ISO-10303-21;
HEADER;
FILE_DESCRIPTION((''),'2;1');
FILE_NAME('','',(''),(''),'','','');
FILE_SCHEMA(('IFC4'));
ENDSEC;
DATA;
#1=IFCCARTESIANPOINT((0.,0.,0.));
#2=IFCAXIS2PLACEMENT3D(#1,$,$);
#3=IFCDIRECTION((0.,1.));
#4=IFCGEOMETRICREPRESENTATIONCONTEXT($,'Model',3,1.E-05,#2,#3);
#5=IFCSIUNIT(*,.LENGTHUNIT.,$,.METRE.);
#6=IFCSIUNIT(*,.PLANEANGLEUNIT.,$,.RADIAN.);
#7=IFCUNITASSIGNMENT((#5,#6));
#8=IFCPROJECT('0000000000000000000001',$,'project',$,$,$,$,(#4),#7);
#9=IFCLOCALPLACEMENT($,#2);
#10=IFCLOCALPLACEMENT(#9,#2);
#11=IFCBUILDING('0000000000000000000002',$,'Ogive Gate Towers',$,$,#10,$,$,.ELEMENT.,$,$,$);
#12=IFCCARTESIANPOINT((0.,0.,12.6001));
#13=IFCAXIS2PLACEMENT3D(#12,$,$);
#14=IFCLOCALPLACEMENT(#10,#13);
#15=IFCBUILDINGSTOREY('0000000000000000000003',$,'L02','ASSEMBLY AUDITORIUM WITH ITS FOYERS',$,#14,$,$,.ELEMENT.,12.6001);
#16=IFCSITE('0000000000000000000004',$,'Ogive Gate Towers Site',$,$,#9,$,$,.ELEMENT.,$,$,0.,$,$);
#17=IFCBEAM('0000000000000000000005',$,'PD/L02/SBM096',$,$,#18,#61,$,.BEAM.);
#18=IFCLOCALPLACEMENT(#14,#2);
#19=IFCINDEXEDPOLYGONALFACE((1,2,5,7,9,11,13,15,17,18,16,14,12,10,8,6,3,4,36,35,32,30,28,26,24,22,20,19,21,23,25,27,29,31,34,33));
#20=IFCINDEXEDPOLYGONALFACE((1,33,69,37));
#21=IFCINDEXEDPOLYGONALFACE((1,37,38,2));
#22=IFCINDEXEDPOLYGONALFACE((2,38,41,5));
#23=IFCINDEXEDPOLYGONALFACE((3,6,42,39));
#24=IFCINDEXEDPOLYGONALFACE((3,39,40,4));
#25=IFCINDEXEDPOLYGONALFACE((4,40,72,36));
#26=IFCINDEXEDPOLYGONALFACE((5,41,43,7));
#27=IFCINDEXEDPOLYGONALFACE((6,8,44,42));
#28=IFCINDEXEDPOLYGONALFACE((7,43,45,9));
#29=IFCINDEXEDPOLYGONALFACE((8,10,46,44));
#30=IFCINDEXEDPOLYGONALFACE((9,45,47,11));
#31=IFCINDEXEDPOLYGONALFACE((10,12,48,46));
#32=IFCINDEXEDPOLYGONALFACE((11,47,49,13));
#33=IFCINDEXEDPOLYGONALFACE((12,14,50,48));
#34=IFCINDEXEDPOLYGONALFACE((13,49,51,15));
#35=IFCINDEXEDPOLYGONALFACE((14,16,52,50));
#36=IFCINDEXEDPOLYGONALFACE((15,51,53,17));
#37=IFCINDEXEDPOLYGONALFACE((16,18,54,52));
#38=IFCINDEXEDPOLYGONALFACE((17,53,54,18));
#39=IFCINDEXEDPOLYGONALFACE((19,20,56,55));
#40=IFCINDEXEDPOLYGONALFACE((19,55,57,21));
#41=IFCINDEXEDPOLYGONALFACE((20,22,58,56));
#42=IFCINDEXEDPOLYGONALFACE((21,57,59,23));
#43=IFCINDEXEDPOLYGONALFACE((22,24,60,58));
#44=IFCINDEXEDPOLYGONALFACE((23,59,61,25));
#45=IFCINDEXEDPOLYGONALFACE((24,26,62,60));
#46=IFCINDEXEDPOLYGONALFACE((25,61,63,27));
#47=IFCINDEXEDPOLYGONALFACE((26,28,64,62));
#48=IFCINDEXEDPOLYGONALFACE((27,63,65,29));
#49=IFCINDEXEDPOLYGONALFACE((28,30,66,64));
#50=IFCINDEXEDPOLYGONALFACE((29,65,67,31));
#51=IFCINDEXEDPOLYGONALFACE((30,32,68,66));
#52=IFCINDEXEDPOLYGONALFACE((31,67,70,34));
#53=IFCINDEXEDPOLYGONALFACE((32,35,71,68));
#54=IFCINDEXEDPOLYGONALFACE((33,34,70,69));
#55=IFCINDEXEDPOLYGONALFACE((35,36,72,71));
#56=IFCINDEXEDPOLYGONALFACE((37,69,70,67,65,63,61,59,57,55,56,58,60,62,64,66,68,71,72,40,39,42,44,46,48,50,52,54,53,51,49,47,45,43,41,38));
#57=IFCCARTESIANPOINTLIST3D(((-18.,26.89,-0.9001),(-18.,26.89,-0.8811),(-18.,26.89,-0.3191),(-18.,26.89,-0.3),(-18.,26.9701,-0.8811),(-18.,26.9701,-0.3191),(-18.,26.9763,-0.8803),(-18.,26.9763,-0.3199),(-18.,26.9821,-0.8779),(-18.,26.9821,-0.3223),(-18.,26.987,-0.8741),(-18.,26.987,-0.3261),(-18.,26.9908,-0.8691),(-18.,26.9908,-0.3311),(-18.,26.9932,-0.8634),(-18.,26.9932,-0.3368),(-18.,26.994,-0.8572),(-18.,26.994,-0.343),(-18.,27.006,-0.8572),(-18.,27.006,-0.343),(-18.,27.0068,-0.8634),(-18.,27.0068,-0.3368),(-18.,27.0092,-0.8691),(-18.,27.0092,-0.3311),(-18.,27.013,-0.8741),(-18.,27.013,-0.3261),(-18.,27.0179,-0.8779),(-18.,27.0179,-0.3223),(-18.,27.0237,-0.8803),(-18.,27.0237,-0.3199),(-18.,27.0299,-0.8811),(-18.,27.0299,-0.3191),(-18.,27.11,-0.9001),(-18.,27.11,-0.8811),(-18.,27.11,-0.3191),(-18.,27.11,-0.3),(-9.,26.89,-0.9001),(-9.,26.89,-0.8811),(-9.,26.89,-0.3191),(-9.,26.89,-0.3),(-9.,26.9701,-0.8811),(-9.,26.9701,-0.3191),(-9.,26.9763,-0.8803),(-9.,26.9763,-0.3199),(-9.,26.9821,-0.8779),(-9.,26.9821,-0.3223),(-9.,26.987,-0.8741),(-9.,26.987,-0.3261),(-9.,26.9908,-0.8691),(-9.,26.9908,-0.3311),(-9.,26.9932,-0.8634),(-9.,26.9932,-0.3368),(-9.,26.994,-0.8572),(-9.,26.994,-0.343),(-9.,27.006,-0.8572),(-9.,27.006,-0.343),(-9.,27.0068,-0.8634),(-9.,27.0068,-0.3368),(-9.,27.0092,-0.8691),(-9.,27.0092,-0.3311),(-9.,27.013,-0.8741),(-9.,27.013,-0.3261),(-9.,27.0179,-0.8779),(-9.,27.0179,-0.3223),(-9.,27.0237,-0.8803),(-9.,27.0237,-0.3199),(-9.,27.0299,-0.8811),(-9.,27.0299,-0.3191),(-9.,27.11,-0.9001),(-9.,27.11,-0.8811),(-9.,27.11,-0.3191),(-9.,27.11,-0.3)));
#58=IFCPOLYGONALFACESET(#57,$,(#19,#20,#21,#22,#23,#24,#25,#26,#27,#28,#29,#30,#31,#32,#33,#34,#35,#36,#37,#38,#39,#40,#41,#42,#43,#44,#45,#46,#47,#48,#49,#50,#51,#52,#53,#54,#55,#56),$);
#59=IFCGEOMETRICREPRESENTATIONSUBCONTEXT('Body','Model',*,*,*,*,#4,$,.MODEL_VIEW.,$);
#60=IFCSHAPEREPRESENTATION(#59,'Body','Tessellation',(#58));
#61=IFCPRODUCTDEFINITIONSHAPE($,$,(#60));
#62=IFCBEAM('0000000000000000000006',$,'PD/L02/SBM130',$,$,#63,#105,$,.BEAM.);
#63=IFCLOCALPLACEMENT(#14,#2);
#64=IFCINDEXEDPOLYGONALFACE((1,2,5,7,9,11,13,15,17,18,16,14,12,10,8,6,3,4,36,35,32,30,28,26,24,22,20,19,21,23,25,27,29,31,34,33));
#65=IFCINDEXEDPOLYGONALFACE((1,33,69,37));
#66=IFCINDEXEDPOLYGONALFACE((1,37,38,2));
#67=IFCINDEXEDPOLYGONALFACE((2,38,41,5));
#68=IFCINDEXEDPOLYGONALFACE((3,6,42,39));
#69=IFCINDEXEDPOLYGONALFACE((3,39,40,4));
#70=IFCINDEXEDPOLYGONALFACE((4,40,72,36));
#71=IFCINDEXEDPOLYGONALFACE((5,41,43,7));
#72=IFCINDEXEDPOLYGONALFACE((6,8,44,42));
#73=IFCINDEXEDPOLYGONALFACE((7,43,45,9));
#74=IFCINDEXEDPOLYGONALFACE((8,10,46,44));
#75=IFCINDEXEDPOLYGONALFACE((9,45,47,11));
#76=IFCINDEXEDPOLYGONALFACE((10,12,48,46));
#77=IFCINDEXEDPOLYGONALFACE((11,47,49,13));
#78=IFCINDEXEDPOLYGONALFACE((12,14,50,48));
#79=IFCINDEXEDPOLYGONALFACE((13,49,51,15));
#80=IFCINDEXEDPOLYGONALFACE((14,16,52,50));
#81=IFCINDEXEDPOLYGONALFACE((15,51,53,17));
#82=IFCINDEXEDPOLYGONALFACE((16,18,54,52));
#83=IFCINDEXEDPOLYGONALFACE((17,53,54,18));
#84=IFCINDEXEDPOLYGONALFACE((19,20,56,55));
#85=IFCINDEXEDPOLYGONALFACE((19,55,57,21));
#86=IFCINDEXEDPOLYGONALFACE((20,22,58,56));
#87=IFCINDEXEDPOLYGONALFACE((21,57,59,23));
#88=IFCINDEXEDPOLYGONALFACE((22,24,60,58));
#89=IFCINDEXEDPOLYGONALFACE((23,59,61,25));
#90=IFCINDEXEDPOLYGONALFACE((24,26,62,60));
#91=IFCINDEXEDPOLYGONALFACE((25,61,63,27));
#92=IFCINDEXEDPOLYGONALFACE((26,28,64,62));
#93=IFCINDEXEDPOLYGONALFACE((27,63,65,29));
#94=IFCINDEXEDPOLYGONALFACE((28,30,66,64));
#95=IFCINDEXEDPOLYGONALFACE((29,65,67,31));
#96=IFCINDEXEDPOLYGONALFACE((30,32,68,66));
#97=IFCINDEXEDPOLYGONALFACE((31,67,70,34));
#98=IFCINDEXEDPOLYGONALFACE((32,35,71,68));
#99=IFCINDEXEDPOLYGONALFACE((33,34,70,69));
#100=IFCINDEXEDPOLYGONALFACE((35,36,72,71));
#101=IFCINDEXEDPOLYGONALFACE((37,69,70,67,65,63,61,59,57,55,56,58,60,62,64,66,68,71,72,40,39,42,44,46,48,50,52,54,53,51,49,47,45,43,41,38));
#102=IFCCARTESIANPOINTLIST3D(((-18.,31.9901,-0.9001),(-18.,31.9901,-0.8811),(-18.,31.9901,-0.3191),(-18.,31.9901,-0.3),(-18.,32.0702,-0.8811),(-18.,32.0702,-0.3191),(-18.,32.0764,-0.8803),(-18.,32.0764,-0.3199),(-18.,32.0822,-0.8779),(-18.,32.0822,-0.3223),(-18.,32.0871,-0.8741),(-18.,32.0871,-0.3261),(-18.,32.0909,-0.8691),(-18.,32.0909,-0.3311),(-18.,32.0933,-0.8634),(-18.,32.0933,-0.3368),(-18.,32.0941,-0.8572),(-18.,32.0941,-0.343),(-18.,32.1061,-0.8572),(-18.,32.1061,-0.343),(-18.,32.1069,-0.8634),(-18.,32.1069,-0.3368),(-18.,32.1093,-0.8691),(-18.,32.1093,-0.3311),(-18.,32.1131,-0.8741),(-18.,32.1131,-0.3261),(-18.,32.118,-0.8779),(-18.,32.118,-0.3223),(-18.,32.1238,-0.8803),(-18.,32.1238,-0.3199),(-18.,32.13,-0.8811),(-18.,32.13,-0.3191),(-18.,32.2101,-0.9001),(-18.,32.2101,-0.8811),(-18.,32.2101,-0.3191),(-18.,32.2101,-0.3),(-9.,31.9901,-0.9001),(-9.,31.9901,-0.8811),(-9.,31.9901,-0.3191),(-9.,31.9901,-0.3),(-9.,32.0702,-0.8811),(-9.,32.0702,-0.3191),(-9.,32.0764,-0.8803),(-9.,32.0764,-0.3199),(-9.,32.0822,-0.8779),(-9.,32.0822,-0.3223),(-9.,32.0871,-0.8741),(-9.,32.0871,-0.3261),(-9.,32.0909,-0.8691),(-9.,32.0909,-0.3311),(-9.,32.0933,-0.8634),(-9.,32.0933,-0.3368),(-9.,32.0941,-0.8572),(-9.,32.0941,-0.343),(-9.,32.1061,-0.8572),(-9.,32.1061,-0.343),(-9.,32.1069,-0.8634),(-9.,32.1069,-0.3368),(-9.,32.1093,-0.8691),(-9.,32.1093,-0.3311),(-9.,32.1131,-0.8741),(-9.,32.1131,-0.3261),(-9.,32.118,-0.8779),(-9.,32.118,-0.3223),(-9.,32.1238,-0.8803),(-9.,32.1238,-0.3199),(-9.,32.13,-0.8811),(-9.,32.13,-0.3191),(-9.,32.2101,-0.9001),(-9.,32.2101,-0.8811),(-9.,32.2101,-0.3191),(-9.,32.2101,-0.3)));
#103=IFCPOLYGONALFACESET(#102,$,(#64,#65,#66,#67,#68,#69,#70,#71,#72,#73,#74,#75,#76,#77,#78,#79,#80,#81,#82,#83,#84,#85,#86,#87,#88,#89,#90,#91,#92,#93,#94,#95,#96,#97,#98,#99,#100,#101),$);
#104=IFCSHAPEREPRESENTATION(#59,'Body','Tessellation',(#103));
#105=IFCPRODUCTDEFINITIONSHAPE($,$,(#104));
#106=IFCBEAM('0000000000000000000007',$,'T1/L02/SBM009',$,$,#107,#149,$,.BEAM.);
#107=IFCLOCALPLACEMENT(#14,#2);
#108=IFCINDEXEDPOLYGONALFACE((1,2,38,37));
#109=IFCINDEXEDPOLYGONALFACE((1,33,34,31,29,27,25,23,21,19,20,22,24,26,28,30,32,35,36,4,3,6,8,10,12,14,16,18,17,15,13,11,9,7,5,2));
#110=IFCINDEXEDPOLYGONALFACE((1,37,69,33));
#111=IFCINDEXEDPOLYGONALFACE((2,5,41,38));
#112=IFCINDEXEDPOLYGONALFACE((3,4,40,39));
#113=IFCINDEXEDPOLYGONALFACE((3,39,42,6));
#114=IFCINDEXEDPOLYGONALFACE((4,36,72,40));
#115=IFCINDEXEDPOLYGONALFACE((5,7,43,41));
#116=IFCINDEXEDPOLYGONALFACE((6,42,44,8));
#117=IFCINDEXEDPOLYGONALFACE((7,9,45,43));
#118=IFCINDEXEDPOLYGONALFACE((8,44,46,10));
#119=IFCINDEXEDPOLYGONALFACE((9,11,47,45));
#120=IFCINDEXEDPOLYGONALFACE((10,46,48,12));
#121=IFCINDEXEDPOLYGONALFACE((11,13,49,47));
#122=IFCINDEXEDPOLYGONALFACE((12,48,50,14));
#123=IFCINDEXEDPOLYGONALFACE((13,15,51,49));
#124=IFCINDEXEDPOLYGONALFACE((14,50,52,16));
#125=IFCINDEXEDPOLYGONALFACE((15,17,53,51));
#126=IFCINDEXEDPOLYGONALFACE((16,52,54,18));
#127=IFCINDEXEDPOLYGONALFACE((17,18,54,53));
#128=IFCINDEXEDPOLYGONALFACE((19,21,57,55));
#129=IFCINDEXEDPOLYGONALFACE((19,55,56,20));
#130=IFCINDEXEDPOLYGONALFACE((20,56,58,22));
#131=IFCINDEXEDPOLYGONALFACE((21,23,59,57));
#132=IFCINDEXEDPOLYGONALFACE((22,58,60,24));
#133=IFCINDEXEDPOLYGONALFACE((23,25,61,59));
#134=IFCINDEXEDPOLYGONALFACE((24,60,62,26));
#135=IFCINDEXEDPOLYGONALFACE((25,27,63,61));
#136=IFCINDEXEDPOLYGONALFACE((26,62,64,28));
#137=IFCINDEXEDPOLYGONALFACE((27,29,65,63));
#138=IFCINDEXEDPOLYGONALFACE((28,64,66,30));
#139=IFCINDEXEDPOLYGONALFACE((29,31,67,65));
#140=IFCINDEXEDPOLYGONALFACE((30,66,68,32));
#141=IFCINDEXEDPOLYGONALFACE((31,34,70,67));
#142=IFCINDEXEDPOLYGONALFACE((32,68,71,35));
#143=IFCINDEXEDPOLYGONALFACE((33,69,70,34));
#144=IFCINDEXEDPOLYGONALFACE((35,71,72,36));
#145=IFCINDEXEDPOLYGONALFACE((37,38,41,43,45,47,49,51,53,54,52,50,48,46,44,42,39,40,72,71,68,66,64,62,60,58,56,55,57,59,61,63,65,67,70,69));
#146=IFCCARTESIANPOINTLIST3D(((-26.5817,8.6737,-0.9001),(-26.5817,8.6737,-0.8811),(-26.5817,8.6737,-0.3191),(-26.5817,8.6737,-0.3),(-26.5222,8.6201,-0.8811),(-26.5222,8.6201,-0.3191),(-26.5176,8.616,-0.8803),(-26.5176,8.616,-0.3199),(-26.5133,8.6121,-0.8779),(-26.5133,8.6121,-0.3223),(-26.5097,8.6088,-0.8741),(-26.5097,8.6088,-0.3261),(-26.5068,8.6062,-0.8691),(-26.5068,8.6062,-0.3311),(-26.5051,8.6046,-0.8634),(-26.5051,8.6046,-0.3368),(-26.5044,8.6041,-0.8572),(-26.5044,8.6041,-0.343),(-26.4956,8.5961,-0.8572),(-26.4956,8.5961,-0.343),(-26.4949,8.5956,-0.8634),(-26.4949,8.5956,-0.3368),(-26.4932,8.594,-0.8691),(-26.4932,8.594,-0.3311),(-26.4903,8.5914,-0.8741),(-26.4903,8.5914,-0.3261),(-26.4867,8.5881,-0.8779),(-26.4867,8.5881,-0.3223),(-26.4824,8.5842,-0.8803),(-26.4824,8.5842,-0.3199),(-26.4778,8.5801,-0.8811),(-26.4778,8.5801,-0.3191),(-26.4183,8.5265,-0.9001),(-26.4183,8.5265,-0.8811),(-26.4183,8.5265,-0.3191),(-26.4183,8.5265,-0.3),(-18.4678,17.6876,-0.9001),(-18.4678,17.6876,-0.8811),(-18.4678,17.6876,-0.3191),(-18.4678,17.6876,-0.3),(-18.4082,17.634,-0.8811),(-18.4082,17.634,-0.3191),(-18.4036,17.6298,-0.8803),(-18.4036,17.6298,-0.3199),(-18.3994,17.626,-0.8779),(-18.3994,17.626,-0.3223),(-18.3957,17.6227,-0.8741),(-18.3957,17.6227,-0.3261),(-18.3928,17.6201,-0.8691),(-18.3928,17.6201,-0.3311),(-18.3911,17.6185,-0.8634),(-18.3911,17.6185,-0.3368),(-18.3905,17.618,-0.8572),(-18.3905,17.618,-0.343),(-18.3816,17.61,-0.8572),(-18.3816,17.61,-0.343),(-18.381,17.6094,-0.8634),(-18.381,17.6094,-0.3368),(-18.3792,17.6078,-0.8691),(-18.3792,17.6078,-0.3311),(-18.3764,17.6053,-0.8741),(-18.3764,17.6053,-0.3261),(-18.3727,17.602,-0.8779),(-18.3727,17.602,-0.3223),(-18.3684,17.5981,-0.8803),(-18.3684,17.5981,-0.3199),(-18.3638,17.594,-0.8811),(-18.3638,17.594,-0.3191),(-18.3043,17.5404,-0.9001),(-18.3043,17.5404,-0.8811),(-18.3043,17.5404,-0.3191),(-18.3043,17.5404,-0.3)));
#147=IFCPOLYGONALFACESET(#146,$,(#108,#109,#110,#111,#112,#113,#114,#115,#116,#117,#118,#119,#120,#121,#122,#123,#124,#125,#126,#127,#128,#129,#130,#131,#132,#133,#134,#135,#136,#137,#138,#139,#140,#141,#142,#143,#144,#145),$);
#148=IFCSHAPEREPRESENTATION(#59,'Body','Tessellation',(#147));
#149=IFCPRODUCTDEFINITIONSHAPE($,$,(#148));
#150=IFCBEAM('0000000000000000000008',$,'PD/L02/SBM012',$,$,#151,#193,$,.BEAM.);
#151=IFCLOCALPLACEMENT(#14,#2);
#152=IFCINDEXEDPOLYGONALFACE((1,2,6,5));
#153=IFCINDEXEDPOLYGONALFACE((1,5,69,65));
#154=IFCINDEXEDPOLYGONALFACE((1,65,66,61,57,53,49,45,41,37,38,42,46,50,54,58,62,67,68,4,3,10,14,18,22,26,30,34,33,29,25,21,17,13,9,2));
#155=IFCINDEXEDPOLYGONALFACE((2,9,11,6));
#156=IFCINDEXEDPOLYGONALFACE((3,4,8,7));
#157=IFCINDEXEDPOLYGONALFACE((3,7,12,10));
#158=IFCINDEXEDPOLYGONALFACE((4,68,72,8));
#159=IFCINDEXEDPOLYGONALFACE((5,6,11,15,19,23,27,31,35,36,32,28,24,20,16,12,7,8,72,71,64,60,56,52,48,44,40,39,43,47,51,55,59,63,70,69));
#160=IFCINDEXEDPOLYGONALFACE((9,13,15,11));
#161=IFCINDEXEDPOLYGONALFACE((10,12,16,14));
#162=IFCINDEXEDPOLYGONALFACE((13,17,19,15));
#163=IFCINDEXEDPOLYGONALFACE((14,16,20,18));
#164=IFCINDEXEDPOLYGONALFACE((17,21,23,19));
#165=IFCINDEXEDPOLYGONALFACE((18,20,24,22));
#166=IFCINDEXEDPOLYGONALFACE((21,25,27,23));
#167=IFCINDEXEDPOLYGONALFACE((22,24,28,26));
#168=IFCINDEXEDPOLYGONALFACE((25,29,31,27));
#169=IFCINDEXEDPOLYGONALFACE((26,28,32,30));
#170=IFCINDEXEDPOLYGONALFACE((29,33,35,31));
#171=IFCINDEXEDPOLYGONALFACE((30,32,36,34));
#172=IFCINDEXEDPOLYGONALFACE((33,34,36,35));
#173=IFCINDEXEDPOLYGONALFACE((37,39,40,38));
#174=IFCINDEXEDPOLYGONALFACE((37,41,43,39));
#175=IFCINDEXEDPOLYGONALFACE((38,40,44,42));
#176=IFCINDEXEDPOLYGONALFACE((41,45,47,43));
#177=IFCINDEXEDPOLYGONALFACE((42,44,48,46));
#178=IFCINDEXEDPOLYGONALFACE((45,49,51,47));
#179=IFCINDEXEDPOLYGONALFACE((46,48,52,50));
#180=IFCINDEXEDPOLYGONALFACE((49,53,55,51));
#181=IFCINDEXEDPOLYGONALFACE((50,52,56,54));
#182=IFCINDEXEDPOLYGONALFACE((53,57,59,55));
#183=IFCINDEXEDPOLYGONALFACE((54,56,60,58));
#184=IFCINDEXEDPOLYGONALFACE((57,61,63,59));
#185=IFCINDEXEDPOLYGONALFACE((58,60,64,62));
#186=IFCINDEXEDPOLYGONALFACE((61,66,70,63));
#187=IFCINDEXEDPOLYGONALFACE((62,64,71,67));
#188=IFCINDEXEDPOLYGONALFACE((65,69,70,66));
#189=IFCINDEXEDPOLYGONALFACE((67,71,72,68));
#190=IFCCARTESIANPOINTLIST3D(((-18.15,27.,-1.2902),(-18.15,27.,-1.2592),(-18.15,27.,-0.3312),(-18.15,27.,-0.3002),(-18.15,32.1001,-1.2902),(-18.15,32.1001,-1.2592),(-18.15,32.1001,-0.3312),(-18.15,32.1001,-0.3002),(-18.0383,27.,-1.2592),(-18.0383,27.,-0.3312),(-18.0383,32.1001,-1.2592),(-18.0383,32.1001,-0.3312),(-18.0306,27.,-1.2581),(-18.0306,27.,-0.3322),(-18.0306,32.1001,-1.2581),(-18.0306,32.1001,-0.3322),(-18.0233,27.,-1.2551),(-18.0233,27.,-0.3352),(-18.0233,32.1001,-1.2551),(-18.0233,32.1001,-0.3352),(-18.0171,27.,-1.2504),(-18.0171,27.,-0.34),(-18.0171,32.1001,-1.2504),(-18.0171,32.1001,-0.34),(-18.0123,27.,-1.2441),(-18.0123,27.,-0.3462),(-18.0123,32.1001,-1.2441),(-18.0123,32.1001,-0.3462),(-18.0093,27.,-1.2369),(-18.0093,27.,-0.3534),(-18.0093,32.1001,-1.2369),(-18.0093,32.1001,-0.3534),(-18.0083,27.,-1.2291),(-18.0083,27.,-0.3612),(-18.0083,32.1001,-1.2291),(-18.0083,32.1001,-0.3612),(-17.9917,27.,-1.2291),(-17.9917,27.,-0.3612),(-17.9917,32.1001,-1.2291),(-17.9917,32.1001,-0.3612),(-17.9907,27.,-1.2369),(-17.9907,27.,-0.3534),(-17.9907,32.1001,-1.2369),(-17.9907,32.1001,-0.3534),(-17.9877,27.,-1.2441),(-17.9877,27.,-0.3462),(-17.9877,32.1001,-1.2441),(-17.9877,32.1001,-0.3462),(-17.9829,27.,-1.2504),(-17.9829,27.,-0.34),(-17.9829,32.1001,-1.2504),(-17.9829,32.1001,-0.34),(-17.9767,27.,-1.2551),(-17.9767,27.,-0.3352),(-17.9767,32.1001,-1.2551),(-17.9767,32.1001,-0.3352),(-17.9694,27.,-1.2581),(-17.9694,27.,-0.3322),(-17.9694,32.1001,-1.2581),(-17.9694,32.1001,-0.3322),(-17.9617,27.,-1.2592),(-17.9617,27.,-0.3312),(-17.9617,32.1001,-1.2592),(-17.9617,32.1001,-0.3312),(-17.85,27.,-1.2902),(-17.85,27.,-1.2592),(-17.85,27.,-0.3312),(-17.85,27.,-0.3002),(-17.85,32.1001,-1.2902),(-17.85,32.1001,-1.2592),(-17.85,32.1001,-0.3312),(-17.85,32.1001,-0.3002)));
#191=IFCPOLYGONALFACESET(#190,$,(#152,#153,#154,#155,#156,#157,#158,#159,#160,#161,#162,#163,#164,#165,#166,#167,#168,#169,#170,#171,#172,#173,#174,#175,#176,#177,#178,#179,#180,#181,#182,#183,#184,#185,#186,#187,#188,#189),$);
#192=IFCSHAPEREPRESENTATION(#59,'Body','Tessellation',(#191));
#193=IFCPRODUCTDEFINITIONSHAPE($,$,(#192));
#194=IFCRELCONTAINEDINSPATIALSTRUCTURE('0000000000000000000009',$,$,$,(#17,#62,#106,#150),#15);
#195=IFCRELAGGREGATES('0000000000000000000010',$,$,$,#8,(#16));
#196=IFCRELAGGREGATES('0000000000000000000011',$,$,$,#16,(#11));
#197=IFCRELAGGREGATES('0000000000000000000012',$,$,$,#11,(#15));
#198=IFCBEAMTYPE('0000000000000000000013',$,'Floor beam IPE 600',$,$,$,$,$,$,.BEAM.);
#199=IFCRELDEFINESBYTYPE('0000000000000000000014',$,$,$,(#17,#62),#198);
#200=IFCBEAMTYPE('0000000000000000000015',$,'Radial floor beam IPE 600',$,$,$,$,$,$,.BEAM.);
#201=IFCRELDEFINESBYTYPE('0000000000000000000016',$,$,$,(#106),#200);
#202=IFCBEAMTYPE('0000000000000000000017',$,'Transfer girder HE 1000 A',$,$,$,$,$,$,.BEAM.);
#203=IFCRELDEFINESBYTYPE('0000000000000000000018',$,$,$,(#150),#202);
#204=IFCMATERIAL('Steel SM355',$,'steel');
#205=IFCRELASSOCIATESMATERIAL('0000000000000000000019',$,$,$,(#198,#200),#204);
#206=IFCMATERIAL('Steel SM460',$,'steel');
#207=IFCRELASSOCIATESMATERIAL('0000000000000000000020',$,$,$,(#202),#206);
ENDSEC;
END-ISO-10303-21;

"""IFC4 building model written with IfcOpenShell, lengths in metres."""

from ifc_helpers import new_model, si_unit, direction, frame, origin, origin_2d, place, context, subcontext, project, spatial, i_section, extrude, material, material_profile, profile_set, type_object, element, save


model = new_model("IFC4")

# Units and contexts
model_context = context("Model", 3, precision=1e-05, world=origin(), true_north=direction((0.0, 1.0)))
body_context = subcontext(model_context, "Body", "Model", "MODEL_VIEW")
ifc_project = project(units=[si_unit("LENGTHUNIT", "METRE"), si_unit("PLANEANGLEUNIT", "RADIAN")], contexts=[model_context])

# Site, building, storey
site_placement = place(None, origin())
site = spatial("IfcSite", under=ifc_project, at=site_placement, Name="Ogive Gate Towers Site", CompositionType="ELEMENT", RefElevation=0.0)
building_placement = place(site_placement, origin())
building = spatial("IfcBuilding", under=site, at=building_placement, Name="Ogive Gate Towers", CompositionType="ELEMENT")
storey_placement = place(building_placement, frame((0.0, 0.0, 12.6001)))
storey = spatial("IfcBuildingStorey", under=building, at=storey_placement, Name="L02", Description="ASSEMBLY AUDITORIUM WITH ITS FOYERS", CompositionType="ELEMENT", Elevation=12.6001)

# Beams
ifc_material_1 = material(Name="Steel SM460", Category="steel")
ifc_material_2 = material(Name="Steel SM355", Category="steel")
ifc_material_profile_1 = material_profile(ifc_material_2, i_section(OverallWidth=0.22, OverallDepth=0.6001, WebThickness=0.012, FlangeThickness=0.019, FilletRadius=0.0239, at=origin_2d()), Name="IPE 600")
ifc_profile_set_1 = profile_set([ifc_material_profile_1], Name="Steel SM355")
beam_type_1 = type_object("IfcBeamType", Name="Floor beam IPE 600", PredefinedType="BEAM", material=ifc_profile_set_1)
for number, where, z_axis, x_axis, name in (
    (1, (-18.0, 27.0, -0.6001), (1.0, 0.0, 0.0), (0.0, 1.0, 0.0), "PD/L02/SBM096"),
    (2, (-18.0, 32.1001, -0.6001), (1.0, 0.0, 0.0), (0.0, 1.0, 0.0), "PD/L02/SBM130"),
):
    element("IfcBeam", number, at=place(storey_placement, frame(where, z_axis=z_axis, x_axis=x_axis)), inside=storey, type_object=beam_type_1, Name=name, PredefinedType="BEAM", context=body_context, shape_type="SweptSolid", body=[
        extrude(i_section(OverallWidth=0.22, OverallDepth=0.6001, WebThickness=0.012, FlangeThickness=0.019, FilletRadius=0.0239, at=origin_2d()), origin(), (0.0, 0.0, 1.0), 9.0),
    ])
ifc_material_profile_2 = material_profile(ifc_material_2, i_section(OverallWidth=0.22, OverallDepth=0.6001, WebThickness=0.012, FlangeThickness=0.019, FilletRadius=0.0239, at=origin_2d()), Name="IPE 600")
ifc_profile_set_2 = profile_set([ifc_material_profile_2], Name="Steel SM355")
beam_type_2 = type_object("IfcBeamType", Name="Radial floor beam IPE 600", PredefinedType="BEAM", material=ifc_profile_set_2)
beam_1_placement = place(storey_placement, frame((-26.5, 8.6001, -0.6001), z_axis=(0.669033, 0.743233, 0.0), x_axis=(-0.743233, 0.669033, 0.0)))
element("IfcBeam", 3, at=beam_1_placement, inside=storey, type_object=beam_type_2, Name="T1/L02/SBM009", PredefinedType="BEAM", context=body_context, shape_type="SweptSolid", body=[
    extrude(i_section(OverallWidth=0.22, OverallDepth=0.6001, WebThickness=0.012, FlangeThickness=0.019, FilletRadius=0.0239, at=origin_2d()), origin(), (0.0, 0.0, 1.0), 12.1279),
])
ifc_material_profile_3 = material_profile(ifc_material_1, i_section(OverallWidth=0.3, OverallDepth=0.99, WebThickness=0.0166, FlangeThickness=0.031, FilletRadius=0.03, at=origin_2d()), Name="HE 1000 A")
ifc_profile_set_3 = profile_set([ifc_material_profile_3], Name="Steel SM460")
beam_type_3 = type_object("IfcBeamType", Name="Transfer girder HE 1000 A", PredefinedType="BEAM", material=ifc_profile_set_3)
beam_2_placement = place(storey_placement, frame((-18.0, 27.0, -0.7952), z_axis=(0.0, 1.0, 0.0), x_axis=(-1.0, 0.0, 0.0)))
element("IfcBeam", 4, at=beam_2_placement, inside=storey, type_object=beam_type_3, Name="PD/L02/SBM012", PredefinedType="BEAM", context=body_context, shape_type="SweptSolid", body=[
    extrude(i_section(OverallWidth=0.3, OverallDepth=0.99, WebThickness=0.0166, FlangeThickness=0.031, FilletRadius=0.03, at=origin_2d()), origin(), (0.0, 0.0, 1.0), 5.1001),
])

save(model, "model.ifc")
